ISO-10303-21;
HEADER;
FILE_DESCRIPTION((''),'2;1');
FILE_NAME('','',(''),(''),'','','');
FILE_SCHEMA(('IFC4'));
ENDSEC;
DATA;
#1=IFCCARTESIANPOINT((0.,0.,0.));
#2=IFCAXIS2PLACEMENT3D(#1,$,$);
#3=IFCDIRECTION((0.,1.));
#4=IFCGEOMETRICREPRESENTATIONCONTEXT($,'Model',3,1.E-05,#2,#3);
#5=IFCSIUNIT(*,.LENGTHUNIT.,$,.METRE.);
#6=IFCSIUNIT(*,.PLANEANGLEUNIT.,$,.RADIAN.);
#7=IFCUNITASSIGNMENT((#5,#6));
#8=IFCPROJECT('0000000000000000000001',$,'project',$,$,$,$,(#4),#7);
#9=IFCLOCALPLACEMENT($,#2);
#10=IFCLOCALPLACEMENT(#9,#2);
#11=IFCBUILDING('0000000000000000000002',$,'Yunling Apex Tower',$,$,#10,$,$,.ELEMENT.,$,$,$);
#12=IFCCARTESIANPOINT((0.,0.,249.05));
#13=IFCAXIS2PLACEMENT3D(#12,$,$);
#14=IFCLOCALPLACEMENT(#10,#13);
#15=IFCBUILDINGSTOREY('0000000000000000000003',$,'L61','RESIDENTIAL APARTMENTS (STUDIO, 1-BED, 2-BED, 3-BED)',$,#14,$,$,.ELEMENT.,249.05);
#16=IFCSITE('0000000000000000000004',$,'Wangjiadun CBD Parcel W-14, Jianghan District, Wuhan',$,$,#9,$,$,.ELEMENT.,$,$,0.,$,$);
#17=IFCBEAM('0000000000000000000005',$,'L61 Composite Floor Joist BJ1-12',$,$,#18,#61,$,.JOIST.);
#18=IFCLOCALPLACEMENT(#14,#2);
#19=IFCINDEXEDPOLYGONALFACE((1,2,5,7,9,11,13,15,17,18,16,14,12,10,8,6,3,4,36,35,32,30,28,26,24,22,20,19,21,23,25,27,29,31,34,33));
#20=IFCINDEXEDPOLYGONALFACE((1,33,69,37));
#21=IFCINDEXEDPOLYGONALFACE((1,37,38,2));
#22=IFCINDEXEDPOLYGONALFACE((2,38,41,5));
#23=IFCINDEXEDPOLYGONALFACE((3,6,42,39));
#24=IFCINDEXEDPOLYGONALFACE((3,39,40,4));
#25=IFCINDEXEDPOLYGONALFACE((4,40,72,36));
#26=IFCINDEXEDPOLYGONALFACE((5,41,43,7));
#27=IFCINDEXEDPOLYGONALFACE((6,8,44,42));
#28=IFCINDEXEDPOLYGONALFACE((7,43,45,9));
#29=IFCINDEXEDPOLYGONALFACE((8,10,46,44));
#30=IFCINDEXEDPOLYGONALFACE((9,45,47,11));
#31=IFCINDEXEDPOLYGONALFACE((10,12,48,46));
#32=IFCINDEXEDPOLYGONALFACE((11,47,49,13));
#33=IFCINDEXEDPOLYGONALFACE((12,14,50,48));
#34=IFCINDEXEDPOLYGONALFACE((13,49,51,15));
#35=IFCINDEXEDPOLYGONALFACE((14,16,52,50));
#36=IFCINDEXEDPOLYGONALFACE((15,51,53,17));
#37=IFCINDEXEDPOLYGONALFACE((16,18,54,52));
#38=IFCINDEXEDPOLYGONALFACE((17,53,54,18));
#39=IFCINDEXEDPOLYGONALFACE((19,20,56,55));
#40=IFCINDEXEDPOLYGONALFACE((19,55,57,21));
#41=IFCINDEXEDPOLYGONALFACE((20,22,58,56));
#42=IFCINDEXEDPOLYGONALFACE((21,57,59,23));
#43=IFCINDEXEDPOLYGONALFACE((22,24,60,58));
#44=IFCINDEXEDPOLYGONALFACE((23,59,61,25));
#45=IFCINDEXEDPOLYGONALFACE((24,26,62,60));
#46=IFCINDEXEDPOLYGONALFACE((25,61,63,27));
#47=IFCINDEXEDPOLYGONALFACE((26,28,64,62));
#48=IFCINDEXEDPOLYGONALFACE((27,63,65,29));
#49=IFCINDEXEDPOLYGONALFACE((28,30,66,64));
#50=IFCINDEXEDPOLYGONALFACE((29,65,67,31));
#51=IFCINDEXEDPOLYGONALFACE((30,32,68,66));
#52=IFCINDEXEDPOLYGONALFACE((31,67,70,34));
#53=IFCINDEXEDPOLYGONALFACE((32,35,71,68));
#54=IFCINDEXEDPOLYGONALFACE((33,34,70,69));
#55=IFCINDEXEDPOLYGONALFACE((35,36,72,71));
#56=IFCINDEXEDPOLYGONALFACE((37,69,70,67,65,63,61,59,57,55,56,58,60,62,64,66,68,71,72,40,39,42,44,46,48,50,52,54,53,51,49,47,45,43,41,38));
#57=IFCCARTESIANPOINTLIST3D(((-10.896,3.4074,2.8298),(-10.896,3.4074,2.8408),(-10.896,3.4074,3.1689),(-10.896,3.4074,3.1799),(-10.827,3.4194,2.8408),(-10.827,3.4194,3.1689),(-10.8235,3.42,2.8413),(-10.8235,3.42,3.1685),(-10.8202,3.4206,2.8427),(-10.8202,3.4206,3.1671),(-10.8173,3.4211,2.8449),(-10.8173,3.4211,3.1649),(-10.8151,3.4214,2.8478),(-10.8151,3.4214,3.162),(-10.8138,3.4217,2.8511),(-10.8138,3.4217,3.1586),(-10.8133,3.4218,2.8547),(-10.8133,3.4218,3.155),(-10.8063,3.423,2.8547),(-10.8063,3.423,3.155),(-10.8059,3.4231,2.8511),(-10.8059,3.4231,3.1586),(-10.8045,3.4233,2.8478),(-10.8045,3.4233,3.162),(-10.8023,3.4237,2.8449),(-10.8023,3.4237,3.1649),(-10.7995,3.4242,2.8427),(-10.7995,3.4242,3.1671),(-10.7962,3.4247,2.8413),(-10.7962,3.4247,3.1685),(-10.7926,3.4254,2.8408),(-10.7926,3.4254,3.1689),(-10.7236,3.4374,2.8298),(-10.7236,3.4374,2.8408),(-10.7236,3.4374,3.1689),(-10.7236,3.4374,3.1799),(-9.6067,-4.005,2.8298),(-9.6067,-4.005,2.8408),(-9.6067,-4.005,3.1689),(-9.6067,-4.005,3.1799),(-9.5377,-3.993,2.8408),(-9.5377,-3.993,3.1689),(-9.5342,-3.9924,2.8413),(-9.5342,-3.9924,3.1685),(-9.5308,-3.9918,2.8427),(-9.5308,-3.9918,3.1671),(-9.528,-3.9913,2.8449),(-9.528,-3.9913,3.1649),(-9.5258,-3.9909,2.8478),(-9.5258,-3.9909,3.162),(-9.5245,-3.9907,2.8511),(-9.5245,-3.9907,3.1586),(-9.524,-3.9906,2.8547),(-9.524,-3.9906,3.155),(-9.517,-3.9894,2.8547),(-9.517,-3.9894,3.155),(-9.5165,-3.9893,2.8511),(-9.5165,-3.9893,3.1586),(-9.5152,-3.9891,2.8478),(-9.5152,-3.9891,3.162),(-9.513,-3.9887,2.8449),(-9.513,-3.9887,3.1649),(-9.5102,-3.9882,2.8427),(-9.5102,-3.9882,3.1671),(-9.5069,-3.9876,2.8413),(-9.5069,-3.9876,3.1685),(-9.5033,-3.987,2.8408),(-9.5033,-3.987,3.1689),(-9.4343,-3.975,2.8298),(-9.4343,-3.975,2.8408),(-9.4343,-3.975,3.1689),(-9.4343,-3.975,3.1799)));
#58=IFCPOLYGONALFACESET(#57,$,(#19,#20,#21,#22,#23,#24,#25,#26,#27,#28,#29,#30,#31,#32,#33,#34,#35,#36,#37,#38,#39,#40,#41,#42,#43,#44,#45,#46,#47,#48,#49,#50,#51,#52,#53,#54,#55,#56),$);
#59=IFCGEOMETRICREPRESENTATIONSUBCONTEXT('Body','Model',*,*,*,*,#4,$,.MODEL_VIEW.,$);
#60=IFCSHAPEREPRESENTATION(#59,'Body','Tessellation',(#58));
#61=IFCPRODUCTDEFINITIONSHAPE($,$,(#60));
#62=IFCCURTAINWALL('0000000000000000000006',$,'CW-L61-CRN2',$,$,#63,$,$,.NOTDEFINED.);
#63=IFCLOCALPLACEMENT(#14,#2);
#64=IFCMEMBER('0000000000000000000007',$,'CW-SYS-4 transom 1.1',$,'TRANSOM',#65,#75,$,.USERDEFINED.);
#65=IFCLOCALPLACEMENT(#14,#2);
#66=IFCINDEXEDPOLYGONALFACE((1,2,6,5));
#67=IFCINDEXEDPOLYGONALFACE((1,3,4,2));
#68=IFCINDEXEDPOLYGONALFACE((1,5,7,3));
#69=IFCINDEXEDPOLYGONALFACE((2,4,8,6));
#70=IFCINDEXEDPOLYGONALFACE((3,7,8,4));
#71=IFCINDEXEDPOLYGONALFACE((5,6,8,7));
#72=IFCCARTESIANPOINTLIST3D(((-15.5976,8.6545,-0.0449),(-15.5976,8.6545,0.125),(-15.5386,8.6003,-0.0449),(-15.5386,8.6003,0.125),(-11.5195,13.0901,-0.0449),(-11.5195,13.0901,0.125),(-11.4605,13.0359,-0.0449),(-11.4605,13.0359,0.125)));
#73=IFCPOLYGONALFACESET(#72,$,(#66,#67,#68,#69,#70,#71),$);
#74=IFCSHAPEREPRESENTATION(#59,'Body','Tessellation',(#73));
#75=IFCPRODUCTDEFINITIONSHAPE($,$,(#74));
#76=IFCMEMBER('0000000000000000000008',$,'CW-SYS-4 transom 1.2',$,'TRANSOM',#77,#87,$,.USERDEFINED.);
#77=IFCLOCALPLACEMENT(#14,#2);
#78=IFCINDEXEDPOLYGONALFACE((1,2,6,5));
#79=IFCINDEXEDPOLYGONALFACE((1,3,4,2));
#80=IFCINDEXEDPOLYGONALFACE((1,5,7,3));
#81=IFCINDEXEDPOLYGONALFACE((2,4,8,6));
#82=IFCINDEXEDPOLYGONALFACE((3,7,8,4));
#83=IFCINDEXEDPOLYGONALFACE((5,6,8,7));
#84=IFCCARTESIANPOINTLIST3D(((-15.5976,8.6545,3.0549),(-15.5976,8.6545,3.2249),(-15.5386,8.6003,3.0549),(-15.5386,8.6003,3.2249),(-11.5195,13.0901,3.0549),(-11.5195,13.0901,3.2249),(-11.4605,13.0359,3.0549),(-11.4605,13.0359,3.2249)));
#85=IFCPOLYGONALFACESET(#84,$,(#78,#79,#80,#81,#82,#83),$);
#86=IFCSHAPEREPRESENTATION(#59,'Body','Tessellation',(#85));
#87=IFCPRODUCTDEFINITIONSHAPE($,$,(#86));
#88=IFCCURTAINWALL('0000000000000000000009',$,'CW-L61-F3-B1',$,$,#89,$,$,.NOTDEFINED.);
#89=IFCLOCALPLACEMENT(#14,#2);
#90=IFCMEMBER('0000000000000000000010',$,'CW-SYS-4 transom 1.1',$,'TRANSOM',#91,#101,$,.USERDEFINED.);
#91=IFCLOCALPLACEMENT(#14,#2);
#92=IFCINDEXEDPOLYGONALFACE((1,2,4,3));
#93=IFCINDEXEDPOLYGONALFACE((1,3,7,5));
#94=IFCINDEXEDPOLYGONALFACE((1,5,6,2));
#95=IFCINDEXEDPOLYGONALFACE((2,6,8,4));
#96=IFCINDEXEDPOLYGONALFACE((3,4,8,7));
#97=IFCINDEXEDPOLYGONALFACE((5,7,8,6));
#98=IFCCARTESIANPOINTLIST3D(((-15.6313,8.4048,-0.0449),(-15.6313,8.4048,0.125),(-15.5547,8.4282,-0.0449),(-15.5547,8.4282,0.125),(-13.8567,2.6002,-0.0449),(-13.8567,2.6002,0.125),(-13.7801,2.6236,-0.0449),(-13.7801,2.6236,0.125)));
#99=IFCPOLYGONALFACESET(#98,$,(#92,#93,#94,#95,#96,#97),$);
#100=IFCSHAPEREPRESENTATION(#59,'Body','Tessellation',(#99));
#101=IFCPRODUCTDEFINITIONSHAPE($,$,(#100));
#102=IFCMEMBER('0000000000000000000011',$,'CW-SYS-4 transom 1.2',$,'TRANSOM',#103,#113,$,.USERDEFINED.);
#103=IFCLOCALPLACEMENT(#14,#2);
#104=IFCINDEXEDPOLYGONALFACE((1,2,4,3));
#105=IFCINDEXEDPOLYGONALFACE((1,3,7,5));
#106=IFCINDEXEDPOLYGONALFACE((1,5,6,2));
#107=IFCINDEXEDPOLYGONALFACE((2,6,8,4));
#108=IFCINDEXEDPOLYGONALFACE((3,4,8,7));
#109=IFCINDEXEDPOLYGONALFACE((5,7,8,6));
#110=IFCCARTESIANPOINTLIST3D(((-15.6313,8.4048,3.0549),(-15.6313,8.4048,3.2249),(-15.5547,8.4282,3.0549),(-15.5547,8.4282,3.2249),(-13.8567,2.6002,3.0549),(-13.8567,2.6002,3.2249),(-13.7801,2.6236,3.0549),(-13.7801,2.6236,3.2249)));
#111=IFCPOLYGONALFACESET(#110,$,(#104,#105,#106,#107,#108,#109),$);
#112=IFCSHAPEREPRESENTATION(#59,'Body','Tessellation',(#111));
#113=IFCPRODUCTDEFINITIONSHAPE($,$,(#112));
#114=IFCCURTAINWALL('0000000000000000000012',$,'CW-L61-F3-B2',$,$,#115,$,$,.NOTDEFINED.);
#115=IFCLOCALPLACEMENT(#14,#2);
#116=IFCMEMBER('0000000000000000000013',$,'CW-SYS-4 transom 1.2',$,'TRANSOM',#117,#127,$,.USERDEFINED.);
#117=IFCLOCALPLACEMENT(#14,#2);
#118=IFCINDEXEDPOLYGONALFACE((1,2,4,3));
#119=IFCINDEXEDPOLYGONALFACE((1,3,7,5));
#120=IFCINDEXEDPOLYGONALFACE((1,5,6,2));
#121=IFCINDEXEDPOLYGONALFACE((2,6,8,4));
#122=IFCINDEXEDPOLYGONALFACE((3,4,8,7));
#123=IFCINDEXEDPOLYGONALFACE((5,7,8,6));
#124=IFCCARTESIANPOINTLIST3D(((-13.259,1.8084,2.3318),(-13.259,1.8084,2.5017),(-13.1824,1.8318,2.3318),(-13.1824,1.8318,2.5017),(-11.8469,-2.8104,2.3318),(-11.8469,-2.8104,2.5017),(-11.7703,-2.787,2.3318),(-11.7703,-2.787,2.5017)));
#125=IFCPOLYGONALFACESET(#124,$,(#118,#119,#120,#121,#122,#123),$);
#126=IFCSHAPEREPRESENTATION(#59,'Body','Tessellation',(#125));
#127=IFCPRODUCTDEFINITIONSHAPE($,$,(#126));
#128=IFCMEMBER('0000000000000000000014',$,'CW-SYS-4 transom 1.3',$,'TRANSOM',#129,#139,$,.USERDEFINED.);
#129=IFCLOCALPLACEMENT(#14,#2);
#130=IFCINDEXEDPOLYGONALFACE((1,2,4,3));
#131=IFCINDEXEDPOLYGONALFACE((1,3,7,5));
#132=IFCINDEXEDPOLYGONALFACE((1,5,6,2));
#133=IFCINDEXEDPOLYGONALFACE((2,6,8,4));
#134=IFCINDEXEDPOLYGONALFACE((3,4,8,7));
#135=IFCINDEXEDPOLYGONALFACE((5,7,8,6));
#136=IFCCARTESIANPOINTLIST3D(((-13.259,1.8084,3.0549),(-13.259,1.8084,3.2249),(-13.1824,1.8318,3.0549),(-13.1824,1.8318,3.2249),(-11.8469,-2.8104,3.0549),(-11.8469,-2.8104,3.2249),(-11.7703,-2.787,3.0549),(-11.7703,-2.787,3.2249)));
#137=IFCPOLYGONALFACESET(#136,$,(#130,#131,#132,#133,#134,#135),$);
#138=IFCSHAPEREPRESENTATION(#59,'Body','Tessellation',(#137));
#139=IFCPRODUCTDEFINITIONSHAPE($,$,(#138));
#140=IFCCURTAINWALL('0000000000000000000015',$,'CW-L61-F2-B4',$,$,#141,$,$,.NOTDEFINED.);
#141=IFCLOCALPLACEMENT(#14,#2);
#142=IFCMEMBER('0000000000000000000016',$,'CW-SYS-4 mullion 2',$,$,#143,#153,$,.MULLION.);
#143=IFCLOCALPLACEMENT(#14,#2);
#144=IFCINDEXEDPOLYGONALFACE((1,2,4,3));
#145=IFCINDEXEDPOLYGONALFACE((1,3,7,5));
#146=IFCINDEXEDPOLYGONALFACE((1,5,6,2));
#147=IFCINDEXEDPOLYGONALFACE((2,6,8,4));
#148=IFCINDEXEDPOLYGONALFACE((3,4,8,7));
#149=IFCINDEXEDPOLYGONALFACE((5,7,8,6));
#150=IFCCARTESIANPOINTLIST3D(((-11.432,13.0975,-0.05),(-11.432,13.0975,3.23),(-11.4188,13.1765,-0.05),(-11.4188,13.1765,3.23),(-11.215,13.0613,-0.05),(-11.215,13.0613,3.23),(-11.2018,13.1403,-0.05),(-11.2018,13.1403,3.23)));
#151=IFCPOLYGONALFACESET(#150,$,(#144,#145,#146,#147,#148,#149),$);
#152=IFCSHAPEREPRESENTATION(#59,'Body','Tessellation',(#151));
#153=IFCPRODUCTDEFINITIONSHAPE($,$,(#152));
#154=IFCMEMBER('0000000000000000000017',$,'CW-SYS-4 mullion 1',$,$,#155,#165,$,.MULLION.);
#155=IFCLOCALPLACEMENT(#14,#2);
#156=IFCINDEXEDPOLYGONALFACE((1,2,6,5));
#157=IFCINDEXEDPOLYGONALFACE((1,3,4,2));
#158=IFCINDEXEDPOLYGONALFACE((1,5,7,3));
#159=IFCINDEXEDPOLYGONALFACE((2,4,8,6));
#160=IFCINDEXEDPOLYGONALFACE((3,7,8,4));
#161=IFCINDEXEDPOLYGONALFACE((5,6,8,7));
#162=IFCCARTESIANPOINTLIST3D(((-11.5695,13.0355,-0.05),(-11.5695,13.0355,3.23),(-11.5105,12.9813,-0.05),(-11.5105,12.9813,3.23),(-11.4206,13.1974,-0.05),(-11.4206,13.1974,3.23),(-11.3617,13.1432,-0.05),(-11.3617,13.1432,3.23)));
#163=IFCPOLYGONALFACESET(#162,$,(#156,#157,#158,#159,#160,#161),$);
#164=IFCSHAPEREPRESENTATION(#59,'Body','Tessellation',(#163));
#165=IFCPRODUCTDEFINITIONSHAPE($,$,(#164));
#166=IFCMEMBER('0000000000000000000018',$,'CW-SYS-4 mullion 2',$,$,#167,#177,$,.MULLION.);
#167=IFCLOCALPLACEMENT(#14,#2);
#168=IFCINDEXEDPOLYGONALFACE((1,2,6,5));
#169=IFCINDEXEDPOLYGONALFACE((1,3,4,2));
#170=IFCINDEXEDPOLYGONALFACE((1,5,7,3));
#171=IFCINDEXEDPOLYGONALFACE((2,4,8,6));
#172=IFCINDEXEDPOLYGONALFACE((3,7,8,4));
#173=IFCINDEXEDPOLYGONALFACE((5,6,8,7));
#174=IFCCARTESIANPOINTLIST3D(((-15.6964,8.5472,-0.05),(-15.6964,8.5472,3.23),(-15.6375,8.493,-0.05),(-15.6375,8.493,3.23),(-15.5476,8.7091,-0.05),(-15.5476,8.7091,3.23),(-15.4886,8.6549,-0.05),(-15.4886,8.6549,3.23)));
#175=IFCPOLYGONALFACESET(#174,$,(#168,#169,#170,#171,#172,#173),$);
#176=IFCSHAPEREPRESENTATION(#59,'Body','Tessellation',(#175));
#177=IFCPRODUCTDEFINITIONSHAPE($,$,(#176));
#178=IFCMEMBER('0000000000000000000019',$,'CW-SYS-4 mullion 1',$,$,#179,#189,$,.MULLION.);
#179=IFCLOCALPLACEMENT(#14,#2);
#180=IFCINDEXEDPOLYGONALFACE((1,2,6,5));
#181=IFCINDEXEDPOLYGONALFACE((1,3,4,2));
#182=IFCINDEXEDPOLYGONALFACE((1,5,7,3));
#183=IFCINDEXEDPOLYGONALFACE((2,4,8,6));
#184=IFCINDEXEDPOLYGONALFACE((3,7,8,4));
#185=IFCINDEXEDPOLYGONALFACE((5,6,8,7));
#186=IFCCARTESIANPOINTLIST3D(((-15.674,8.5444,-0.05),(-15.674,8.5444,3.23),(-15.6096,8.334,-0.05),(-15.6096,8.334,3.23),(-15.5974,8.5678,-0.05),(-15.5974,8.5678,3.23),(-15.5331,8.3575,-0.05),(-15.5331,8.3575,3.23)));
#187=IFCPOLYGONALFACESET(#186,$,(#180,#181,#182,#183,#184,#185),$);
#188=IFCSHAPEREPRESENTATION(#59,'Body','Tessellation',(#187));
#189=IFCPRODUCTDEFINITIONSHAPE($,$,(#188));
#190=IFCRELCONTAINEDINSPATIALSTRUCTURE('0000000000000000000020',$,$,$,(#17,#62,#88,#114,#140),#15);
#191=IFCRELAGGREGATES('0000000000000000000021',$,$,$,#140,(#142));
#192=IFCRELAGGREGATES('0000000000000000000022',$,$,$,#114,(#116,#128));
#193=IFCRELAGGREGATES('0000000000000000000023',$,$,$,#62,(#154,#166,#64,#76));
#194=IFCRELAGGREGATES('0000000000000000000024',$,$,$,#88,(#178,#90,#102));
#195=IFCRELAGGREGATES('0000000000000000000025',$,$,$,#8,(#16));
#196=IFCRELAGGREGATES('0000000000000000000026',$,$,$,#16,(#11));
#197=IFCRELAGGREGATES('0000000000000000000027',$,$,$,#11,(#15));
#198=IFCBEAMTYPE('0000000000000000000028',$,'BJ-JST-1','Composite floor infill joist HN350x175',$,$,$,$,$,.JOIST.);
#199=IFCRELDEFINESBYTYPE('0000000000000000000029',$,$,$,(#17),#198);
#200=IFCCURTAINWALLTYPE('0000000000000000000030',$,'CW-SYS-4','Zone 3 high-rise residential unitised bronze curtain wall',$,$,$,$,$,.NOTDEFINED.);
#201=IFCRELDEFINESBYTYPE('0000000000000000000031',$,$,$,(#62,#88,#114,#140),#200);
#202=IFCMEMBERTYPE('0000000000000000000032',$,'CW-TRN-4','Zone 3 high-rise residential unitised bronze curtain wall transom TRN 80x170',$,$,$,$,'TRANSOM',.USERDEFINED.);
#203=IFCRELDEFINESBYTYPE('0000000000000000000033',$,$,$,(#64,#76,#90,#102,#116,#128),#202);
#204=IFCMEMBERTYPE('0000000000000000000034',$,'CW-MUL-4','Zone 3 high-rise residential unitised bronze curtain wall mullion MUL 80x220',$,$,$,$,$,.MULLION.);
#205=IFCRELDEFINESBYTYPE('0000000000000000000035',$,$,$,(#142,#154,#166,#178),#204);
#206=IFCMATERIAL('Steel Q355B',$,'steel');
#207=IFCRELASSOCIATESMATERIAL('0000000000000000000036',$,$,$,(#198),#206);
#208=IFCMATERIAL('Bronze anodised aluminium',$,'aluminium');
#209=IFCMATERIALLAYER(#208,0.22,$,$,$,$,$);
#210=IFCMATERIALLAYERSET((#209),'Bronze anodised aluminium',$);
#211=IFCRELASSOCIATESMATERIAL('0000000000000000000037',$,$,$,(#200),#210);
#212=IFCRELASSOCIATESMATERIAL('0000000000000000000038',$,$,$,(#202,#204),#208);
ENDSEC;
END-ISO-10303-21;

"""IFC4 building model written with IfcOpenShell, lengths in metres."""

from ifc_helpers import new_model, si_unit, direction, frame, origin, origin_2d, place, context, subcontext, project, spatial, rectangle, i_section, extrude, source, transform, mapped, material, layer, layer_set, material_profile, profile_set, type_object, element, aggregate, save


model = new_model("IFC4")

# Units and contexts
model_context = context("Model", 3, precision=1e-05, world=origin(), true_north=direction((0.0, 1.0)))
body_context = subcontext(model_context, "Body", "Model", "MODEL_VIEW")
ifc_project = project(units=[si_unit("LENGTHUNIT", "METRE"), si_unit("PLANEANGLEUNIT", "RADIAN")], contexts=[model_context])

# Site, building, storey
site_placement = place(None, origin())
site = spatial("IfcSite", under=ifc_project, at=site_placement, Name="Wangjiadun CBD Parcel W-14, Jianghan District, Wuhan", CompositionType="ELEMENT", RefElevation=0.0)
building_placement = place(site_placement, origin())
building = spatial("IfcBuilding", under=site, at=building_placement, Name="Yunling Apex Tower", CompositionType="ELEMENT")
storey_placement = place(building_placement, frame((0.0, 0.0, 249.05)))
storey = spatial("IfcBuildingStorey", under=building, at=storey_placement, Name="L61", Description="RESIDENTIAL APARTMENTS (STUDIO, 1-BED, 2-BED, 3-BED)", CompositionType="ELEMENT", Elevation=249.05)

# Beam
ifc_material_1 = material(Name="Steel Q355B", Category="steel")
ifc_material_profile_1 = material_profile(ifc_material_1, i_section(OverallWidth=0.175, OverallDepth=0.3501, WebThickness=0.0071, FlangeThickness=0.011, FilletRadius=0.0139, at=origin_2d()))
ifc_profile_set_1 = profile_set([ifc_material_profile_1], Name="Steel Q355B")
beam_type_1 = type_object("IfcBeamType", Name="BJ-JST-1", Description="Composite floor infill joist HN350x175", PredefinedType="JOIST", material=ifc_profile_set_1)
shared_shape_1 = source(origin(), body_context, "Body", "SweptSolid", [
    extrude(i_section(OverallWidth=0.175, OverallDepth=0.3501, WebThickness=0.0071, FlangeThickness=0.011, FilletRadius=0.0139, at=origin_2d()), origin(), (0.0, 0.0, 1.0), 7.5237),
])
beam_1_placement = place(storey_placement, frame((-10.8098, 3.4224, 3.0049), z_axis=(0.171367, -0.985207, 0.0), x_axis=(0.985207, 0.171367, 0.0)))
element("IfcBeam", 1, at=beam_1_placement, inside=storey, type_object=beam_type_1, Name="L61 Composite Floor Joist BJ1-12", PredefinedType="JOIST", context=body_context, shape_type="MappedRepresentation", body=[
    mapped(shared_shape_1, transform((0.0, 0.0, 0.0), scale=1.0)),
])

# Curtain walls, members
ifc_material_2 = material(Name="Bronze anodised aluminium", Category="aluminium")
ifc_layer_1 = layer(ifc_material_2, 0.22)
ifc_layer_set_1 = layer_set([ifc_layer_1], Name="Bronze anodised aluminium")
curtain_wall_type = type_object("IfcCurtainWallType", Name="CW-SYS-4", Description="Zone 3 high-rise residential unitised bronze curtain wall", PredefinedType="NOTDEFINED", material=ifc_layer_set_1)
curtain_wall_1_placement = place(storey_placement, origin())
curtain_wall_1 = element("IfcCurtainWall", 2, at=curtain_wall_1_placement, inside=storey, type_object=curtain_wall_type, Name="CW-L61-CRN2", PredefinedType="NOTDEFINED")
ifc_material_profile_2 = material_profile(ifc_material_2, rectangle(XDim=0.0801, YDim=0.1699, at=origin_2d()))
ifc_profile_set_2 = profile_set([ifc_material_profile_2], Name="Bronze anodised aluminium")
member_type_1 = type_object("IfcMemberType", Name="CW-TRN-4", Description="Zone 3 high-rise residential unitised bronze curtain wall transom TRN 80x170", ElementType="TRANSOM", PredefinedType="USERDEFINED", material=ifc_profile_set_2)
shared_shape_2 = source(origin(), body_context, "Body", "SweptSolid", [
    extrude(rectangle(XDim=0.0801, YDim=0.1699, at=origin_2d()), origin(), (0.0, 0.0, 1.0), 6.0254),
])
member_1_placement = place(storey_placement, frame((-11.49, 13.063, 0.04), z_axis=(-0.676825, -0.736144, 0.0), x_axis=(0.736144, -0.676825, 0.0)))
member_1 = element("IfcMember", 3, at=member_1_placement, type_object=member_type_1, Name="CW-SYS-4 transom 1.1", ObjectType="TRANSOM", PredefinedType="USERDEFINED", context=body_context, shape_type="MappedRepresentation", body=[
    mapped(shared_shape_2, transform((0.0, 0.0, 0.0), scale=1.0)),
])
member_2_placement = place(storey_placement, frame((-11.49, 13.063, 3.1399), z_axis=(-0.676825, -0.736144, 0.0), x_axis=(0.736144, -0.676825, 0.0)))
member_2 = element("IfcMember", 4, at=member_2_placement, type_object=member_type_1, Name="CW-SYS-4 transom 1.2", ObjectType="TRANSOM", PredefinedType="USERDEFINED", context=body_context, shape_type="MappedRepresentation", body=[
    mapped(shared_shape_2, transform((0.0, 0.0, 0.0), scale=1.0)),
])
curtain_wall_2_placement = place(storey_placement, origin())
curtain_wall_2 = element("IfcCurtainWall", 5, at=curtain_wall_2_placement, inside=storey, type_object=curtain_wall_type, Name="CW-L61-F3-B1", PredefinedType="NOTDEFINED")
shared_shape_3 = source(origin(), body_context, "Body", "SweptSolid", [
    extrude(rectangle(XDim=0.0801, YDim=0.1699, at=origin_2d()), origin(), (0.0, 0.0, 1.0), 6.0698),
])
member_3_placement = place(storey_placement, frame((-15.593, 8.4165, 0.04), z_axis=(0.29237, -0.956305, 0.0), x_axis=(0.956305, 0.29237, 0.0)))
member_3 = element("IfcMember", 6, at=member_3_placement, type_object=member_type_1, Name="CW-SYS-4 transom 1.1", ObjectType="TRANSOM", PredefinedType="USERDEFINED", context=body_context, shape_type="MappedRepresentation", body=[
    mapped(shared_shape_3, transform((0.0, 0.0, 0.0), scale=1.0)),
])
member_4_placement = place(storey_placement, frame((-15.593, 8.4165, 3.1399), z_axis=(0.29237, -0.956305, 0.0), x_axis=(0.956305, 0.29237, 0.0)))
member_4 = element("IfcMember", 7, at=member_4_placement, type_object=member_type_1, Name="CW-SYS-4 transom 1.2", ObjectType="TRANSOM", PredefinedType="USERDEFINED", context=body_context, shape_type="MappedRepresentation", body=[
    mapped(shared_shape_3, transform((0.0, 0.0, 0.0), scale=1.0)),
])
curtain_wall_3_placement = place(storey_placement, origin())
curtain_wall_3 = element("IfcCurtainWall", 8, at=curtain_wall_3_placement, inside=storey, type_object=curtain_wall_type, Name="CW-L61-F3-B2", PredefinedType="NOTDEFINED")
shared_shape_4 = source(origin(), body_context, "Body", "SweptSolid", [
    extrude(rectangle(XDim=0.0801, YDim=0.1699, at=origin_2d()), origin(), (0.0, 0.0, 1.0), 4.8298),
])
member_5_placement = place(storey_placement, frame((-13.2207, 1.8201, 2.4167), z_axis=(0.292366, -0.956306, 0.0), x_axis=(0.956306, 0.292366, 0.0)))
member_5 = element("IfcMember", 9, at=member_5_placement, type_object=member_type_1, Name="CW-SYS-4 transom 1.2", ObjectType="TRANSOM", PredefinedType="USERDEFINED", context=body_context, shape_type="MappedRepresentation", body=[
    mapped(shared_shape_4, transform((0.0, 0.0, 0.0), scale=1.0)),
])
member_6_placement = place(storey_placement, frame((-13.2207, 1.8201, 3.1399), z_axis=(0.292366, -0.956306, 0.0), x_axis=(0.956306, 0.292366, 0.0)))
member_6 = element("IfcMember", 10, at=member_6_placement, type_object=member_type_1, Name="CW-SYS-4 transom 1.3", ObjectType="TRANSOM", PredefinedType="USERDEFINED", context=body_context, shape_type="MappedRepresentation", body=[
    mapped(shared_shape_4, transform((0.0, 0.0, 0.0), scale=1.0)),
])

# Curtain wall, member
curtain_wall_4_placement = place(storey_placement, origin())
curtain_wall_4 = element("IfcCurtainWall", 11, at=curtain_wall_4_placement, inside=storey, type_object=curtain_wall_type, Name="CW-L61-F2-B4", PredefinedType="NOTDEFINED")
ifc_material_profile_3 = material_profile(ifc_material_2, rectangle(XDim=0.0801, YDim=0.22, at=origin_2d()))
ifc_profile_set_3 = profile_set([ifc_material_profile_3], Name="Bronze anodised aluminium")
member_type_2 = type_object("IfcMemberType", Name="CW-MUL-4", Description="Zone 3 high-rise residential unitised bronze curtain wall mullion MUL 80x220", PredefinedType="MULLION", material=ifc_profile_set_3)
shared_shape_5 = source(origin(), body_context, "Body", "SweptSolid", [
    extrude(rectangle(XDim=0.0801, YDim=0.22, at=origin_2d()), origin(), (0.0, 0.0, 1.0), 3.28),
])
member_7_placement = place(storey_placement, frame((-11.3169, 13.1189, -0.05), z_axis=(0.0, 0.0, 1.0), x_axis=(-0.164353, -0.986402, 0.0)))
member_7 = element("IfcMember", 12, at=member_7_placement, type_object=member_type_2, Name="CW-SYS-4 mullion 2", PredefinedType="MULLION", context=body_context, shape_type="MappedRepresentation", body=[
    mapped(shared_shape_5, transform((0.0, 0.0, 0.0), scale=1.0)),
])
aggregate(curtain_wall_4, [member_7])

# Members
member_8_placement = place(storey_placement, frame((-11.4656, 13.0894, -0.05), z_axis=(0.0, 0.0, 1.0), x_axis=(0.736134, -0.676836, 0.0)))
member_8 = element("IfcMember", 13, at=member_8_placement, type_object=member_type_2, Name="CW-SYS-4 mullion 1", PredefinedType="MULLION", context=body_context, shape_type="MappedRepresentation", body=[
    mapped(shared_shape_5, transform((0.0, 0.0, 0.0), scale=1.0)),
])
member_9_placement = place(storey_placement, frame((-15.5925, 8.6011, -0.05), z_axis=(0.0, 0.0, 1.0), x_axis=(0.736134, -0.676836, 0.0)))
member_9 = element("IfcMember", 14, at=member_9_placement, type_object=member_type_2, Name="CW-SYS-4 mullion 2", PredefinedType="MULLION", context=body_context, shape_type="MappedRepresentation", body=[
    mapped(shared_shape_5, transform((0.0, 0.0, 0.0), scale=1.0)),
])
member_10_placement = place(storey_placement, frame((-15.6035, 8.4509, -0.05), z_axis=(0.0, 0.0, 1.0), x_axis=(0.956305, 0.292372, 0.0)))
member_10 = element("IfcMember", 15, at=member_10_placement, type_object=member_type_2, Name="CW-SYS-4 mullion 1", PredefinedType="MULLION", context=body_context, shape_type="MappedRepresentation", body=[
    mapped(shared_shape_5, transform((0.0, 0.0, 0.0), scale=1.0)),
])
aggregate(curtain_wall_3, [member_5, member_6])

aggregate(curtain_wall_1, [member_8, member_9, member_1, member_2])
aggregate(curtain_wall_2, [member_10, member_3, member_4])

save(model, "model.ifc")
